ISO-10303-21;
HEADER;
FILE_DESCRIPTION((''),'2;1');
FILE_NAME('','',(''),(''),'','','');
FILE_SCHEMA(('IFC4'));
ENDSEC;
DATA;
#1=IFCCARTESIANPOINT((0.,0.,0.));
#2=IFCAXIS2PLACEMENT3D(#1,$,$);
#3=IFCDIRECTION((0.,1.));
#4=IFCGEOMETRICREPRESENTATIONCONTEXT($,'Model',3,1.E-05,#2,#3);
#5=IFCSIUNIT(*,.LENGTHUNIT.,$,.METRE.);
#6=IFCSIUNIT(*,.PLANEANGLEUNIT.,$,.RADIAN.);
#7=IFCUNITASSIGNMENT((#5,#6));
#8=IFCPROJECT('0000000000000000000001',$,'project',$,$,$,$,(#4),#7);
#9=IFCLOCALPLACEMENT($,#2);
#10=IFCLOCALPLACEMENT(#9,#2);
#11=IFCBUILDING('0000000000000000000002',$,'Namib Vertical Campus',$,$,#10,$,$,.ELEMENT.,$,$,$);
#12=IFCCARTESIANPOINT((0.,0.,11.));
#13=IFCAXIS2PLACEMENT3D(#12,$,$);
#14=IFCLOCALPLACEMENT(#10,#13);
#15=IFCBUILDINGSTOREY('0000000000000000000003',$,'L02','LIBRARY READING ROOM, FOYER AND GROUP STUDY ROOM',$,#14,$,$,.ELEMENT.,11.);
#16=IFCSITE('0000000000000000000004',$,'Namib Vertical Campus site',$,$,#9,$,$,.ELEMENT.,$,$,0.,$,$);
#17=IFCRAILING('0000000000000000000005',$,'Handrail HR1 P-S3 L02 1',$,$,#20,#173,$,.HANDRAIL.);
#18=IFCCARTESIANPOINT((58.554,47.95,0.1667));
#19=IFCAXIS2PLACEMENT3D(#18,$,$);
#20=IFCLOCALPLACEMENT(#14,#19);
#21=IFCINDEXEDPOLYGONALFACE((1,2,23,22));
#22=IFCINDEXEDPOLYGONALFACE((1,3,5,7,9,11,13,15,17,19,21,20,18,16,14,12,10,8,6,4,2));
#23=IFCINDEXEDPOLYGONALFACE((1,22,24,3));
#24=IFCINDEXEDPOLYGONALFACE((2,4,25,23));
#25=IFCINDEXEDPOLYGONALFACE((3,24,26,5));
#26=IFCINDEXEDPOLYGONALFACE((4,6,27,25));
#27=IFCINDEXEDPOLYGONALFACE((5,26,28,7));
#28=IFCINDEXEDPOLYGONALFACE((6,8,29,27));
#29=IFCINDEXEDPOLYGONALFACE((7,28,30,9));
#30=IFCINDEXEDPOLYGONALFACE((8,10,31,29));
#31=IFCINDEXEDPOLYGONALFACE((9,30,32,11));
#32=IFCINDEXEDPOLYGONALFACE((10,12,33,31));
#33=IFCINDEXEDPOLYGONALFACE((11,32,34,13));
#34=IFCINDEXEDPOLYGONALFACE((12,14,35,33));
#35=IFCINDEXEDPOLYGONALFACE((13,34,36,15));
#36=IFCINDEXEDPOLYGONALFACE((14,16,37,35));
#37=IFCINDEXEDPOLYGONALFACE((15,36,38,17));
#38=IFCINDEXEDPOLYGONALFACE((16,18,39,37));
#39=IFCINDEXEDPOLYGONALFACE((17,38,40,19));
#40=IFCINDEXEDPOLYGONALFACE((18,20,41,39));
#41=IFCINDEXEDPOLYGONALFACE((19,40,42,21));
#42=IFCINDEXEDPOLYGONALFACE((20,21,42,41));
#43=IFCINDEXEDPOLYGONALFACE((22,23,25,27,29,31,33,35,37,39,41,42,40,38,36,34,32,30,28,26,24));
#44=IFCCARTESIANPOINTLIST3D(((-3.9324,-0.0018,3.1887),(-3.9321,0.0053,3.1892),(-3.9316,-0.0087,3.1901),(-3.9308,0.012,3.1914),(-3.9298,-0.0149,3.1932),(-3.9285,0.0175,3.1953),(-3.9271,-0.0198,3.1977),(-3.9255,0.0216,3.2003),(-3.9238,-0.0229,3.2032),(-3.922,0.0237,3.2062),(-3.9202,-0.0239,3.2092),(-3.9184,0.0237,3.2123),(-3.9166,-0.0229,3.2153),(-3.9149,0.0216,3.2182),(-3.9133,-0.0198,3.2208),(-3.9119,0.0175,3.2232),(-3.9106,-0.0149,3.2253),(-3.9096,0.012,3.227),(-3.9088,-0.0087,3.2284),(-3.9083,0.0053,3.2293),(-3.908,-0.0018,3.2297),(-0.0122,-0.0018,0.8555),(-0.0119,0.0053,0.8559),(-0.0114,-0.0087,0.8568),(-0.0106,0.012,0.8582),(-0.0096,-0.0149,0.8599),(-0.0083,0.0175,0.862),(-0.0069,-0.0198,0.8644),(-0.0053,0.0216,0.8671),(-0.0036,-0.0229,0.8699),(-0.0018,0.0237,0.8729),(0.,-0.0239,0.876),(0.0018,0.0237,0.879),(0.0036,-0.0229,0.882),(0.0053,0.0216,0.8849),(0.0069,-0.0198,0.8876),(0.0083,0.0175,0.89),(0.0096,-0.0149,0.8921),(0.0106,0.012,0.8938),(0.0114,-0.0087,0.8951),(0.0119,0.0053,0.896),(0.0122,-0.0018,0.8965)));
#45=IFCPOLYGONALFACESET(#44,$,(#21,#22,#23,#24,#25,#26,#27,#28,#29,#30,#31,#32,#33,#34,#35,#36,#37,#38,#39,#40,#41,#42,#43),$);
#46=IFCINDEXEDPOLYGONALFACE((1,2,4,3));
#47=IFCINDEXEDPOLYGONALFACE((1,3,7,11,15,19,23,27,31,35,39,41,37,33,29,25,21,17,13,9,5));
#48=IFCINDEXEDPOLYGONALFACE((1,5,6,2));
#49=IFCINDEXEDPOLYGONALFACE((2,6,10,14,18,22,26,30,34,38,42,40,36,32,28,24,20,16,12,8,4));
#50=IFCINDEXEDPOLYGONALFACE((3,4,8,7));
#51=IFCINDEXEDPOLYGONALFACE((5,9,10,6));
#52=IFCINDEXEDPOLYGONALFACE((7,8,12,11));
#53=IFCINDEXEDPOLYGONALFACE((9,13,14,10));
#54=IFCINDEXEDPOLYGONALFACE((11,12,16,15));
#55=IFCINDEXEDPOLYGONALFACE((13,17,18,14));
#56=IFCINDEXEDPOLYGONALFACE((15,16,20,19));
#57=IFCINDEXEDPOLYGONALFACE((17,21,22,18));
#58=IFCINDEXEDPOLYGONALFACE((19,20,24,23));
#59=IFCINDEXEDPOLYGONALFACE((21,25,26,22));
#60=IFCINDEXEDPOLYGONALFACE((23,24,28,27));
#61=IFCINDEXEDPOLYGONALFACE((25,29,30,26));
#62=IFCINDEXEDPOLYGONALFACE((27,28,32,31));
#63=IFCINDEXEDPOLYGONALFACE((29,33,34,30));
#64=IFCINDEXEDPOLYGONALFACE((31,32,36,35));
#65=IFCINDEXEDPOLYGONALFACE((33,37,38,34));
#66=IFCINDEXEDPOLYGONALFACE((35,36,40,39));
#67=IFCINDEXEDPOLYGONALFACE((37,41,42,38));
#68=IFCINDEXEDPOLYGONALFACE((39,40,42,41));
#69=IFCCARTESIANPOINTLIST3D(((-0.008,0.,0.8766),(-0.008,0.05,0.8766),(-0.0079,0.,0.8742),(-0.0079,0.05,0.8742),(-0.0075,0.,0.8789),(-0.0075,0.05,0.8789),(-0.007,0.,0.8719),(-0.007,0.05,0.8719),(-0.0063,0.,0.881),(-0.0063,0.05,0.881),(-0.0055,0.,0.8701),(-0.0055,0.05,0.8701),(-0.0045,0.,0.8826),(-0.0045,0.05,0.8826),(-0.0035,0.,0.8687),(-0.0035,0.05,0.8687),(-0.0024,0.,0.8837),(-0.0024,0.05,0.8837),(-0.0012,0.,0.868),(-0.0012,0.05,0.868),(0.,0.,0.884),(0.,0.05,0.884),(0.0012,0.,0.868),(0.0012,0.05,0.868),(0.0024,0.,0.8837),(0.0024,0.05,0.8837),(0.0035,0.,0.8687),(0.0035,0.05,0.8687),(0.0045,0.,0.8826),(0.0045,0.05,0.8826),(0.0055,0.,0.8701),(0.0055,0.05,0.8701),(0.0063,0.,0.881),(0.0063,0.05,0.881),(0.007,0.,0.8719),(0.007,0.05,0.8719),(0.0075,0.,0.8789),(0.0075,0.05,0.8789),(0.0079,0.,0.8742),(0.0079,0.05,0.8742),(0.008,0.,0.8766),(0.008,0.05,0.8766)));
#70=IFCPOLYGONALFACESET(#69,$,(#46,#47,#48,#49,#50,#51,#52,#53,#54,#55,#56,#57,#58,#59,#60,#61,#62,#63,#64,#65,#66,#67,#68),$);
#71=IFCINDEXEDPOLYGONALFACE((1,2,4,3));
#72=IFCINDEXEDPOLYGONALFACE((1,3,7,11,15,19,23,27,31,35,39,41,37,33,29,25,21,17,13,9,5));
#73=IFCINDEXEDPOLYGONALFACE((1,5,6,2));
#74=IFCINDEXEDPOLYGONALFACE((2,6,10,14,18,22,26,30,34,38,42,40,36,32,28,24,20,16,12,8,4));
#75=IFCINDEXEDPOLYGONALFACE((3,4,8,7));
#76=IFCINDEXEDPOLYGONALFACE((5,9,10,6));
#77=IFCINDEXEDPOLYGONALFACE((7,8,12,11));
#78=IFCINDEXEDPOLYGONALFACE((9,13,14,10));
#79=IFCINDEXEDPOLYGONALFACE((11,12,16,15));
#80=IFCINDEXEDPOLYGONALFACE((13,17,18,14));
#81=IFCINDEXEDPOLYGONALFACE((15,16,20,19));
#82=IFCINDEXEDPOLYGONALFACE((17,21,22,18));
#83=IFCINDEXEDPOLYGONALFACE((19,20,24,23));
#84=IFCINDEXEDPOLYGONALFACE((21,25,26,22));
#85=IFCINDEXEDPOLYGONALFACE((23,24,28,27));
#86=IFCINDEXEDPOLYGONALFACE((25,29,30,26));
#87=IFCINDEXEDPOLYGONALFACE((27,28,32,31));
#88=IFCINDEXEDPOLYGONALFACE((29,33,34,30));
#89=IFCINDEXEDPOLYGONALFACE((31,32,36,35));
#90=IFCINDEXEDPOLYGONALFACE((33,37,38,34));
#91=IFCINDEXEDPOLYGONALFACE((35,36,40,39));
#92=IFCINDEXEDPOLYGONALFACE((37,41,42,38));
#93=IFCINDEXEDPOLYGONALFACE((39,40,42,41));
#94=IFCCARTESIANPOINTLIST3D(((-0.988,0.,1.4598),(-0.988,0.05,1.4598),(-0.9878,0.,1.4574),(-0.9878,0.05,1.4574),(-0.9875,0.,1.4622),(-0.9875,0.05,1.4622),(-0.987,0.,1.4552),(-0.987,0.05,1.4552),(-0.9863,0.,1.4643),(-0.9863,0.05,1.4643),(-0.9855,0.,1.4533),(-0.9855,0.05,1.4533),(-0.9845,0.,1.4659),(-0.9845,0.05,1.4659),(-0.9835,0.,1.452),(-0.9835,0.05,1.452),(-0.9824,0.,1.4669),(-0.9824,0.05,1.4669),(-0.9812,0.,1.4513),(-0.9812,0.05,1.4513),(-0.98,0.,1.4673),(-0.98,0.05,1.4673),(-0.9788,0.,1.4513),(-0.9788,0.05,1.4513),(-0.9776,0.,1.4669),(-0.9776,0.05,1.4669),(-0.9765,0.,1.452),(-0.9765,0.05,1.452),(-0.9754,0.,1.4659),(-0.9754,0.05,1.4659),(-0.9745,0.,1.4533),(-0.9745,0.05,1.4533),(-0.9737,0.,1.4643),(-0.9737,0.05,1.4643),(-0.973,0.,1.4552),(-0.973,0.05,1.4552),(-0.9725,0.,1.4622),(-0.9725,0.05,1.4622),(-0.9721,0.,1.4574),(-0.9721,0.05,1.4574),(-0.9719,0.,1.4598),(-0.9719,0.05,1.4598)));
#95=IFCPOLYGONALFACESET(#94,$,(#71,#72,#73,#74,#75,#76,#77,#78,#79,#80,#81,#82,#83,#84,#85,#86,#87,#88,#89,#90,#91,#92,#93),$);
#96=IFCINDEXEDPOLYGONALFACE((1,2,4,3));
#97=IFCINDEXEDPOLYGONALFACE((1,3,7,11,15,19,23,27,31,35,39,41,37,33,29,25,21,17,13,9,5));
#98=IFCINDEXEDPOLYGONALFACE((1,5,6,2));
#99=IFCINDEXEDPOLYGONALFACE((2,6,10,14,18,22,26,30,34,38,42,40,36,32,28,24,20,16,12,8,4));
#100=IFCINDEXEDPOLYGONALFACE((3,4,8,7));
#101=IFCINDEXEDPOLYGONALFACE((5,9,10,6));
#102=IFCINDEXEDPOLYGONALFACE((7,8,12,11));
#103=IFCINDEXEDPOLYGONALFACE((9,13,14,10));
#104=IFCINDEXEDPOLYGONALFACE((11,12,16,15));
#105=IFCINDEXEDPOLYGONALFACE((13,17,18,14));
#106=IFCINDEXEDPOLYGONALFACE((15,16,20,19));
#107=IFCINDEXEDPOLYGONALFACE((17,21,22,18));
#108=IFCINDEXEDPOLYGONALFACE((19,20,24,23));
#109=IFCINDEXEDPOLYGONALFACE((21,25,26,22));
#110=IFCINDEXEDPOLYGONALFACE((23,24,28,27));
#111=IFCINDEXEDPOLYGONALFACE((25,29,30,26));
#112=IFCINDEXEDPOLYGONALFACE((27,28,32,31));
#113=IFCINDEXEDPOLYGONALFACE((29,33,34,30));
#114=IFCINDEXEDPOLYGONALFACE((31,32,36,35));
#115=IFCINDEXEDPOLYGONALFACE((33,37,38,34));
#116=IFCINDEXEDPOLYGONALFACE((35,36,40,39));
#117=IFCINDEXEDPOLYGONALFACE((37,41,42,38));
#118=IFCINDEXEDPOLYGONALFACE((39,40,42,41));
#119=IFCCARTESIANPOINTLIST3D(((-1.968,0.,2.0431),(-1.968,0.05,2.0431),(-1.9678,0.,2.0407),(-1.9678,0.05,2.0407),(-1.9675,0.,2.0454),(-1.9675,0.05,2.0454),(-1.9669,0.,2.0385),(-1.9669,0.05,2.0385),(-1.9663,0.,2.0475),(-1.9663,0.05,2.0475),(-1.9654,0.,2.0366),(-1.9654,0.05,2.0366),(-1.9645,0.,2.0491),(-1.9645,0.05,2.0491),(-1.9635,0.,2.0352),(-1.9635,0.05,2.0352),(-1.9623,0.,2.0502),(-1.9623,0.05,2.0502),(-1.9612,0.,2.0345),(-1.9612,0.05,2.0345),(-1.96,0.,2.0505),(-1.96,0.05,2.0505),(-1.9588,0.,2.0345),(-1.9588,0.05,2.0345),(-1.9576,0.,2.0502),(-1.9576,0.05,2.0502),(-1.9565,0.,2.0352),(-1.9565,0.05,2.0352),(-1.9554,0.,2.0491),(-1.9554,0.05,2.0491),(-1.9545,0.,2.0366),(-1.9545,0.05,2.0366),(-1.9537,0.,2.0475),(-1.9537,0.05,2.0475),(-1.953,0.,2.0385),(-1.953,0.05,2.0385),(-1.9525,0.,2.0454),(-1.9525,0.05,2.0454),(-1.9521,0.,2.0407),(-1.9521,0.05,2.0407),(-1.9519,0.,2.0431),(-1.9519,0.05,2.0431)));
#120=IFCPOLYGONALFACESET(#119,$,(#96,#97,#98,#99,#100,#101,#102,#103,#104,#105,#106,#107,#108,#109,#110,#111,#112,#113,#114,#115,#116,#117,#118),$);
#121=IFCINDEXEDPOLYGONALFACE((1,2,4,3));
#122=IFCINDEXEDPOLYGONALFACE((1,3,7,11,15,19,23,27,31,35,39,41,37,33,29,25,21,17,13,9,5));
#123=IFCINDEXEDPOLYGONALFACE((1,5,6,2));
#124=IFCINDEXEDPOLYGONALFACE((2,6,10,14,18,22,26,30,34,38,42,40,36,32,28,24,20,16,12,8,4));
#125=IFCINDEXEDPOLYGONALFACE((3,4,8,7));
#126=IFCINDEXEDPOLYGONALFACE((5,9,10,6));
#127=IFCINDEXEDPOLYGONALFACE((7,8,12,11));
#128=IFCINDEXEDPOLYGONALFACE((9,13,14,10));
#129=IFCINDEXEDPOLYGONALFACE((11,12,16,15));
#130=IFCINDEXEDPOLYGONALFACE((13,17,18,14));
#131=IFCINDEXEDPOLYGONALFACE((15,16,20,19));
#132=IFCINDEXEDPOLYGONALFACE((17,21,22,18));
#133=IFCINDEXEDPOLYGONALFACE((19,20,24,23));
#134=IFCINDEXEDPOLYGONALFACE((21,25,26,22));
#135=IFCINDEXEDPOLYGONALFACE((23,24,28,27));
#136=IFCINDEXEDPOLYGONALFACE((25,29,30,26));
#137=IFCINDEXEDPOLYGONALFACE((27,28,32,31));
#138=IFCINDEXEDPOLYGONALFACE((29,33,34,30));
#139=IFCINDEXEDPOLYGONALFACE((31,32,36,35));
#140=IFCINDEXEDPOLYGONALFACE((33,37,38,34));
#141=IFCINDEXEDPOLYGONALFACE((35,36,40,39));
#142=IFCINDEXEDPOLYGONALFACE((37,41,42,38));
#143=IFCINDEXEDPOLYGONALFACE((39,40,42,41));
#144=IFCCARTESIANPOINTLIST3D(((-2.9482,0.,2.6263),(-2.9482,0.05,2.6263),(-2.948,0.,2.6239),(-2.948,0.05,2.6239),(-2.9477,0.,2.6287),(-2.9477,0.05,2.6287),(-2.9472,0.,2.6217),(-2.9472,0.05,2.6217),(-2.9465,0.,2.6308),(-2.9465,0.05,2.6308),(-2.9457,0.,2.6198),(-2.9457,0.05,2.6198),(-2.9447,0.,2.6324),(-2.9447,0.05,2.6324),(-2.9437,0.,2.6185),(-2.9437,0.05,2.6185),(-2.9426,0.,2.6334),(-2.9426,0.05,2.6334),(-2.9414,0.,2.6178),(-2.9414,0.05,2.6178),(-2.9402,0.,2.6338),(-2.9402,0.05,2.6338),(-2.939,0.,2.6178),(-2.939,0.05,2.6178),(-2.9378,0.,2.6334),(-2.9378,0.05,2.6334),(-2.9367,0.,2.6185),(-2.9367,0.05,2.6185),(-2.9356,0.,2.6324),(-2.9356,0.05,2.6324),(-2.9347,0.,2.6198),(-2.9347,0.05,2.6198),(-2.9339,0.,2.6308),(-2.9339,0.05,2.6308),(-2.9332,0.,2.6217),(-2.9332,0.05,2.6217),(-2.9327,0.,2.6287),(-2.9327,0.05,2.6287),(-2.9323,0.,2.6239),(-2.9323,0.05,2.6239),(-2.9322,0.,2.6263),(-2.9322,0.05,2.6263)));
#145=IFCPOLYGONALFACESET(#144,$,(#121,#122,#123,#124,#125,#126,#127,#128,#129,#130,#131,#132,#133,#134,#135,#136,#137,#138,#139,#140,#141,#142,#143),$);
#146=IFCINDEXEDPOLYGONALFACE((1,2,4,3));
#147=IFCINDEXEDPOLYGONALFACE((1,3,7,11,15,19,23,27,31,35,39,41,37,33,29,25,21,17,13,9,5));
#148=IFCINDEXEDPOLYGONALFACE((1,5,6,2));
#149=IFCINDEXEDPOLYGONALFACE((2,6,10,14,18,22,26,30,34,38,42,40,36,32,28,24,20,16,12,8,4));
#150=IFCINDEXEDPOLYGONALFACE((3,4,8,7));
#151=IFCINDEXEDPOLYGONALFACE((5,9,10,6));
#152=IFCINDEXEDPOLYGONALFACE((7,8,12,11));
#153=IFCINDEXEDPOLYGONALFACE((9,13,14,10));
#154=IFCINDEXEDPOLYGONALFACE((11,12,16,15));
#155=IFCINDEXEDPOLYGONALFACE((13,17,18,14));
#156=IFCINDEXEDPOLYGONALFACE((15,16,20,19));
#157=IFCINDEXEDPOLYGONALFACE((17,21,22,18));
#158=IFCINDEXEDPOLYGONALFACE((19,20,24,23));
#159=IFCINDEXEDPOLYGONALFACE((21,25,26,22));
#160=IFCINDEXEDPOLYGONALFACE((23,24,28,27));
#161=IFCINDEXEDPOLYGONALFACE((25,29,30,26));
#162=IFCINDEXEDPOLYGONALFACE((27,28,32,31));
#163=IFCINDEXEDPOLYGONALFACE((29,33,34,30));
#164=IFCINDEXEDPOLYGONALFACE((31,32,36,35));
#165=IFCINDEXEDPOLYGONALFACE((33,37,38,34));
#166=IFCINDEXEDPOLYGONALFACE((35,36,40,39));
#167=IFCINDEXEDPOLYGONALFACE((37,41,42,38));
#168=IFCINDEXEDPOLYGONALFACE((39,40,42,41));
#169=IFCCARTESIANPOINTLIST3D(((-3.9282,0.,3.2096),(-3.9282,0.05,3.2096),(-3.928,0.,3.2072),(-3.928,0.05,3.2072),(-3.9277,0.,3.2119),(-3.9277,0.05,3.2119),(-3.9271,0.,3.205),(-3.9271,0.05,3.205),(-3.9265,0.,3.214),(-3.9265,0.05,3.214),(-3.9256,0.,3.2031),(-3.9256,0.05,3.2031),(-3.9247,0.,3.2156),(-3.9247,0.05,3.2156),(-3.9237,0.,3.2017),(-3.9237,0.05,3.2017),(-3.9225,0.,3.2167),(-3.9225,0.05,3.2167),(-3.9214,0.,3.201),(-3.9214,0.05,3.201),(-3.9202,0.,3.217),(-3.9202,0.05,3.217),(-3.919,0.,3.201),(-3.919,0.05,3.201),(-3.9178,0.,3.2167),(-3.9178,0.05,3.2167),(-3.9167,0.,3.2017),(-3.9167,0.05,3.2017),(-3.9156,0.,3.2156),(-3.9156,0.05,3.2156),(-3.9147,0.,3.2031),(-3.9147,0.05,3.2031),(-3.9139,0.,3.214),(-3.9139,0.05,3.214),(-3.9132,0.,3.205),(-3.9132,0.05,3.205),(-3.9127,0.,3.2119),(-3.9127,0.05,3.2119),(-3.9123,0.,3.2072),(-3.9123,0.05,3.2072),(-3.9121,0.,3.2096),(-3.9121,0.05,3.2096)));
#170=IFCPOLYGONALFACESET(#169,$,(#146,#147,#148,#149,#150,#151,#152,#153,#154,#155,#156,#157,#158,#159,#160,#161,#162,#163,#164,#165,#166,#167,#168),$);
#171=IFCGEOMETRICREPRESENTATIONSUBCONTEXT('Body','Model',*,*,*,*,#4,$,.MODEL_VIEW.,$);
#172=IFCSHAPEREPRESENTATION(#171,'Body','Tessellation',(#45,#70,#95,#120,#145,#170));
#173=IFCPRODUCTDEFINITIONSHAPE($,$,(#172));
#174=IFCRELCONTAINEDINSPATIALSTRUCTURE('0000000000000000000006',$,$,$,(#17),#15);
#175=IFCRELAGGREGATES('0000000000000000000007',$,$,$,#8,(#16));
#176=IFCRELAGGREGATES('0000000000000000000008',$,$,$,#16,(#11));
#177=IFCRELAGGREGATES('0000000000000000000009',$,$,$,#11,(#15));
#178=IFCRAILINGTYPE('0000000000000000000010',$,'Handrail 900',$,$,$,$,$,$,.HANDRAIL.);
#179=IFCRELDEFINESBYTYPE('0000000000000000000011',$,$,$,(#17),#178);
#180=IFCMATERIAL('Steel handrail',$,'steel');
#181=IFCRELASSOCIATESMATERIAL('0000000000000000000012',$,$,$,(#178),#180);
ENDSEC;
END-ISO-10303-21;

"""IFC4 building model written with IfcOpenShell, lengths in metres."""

from ifc_helpers import new_model, si_unit, direction, frame, origin, origin_2d, place, context, subcontext, project, spatial, circle, extrude, material, type_object, element, save


model = new_model("IFC4")

# Units and contexts
model_context = context("Model", 3, precision=1e-05, world=origin(), true_north=direction((0.0, 1.0)))
body_context = subcontext(model_context, "Body", "Model", "MODEL_VIEW")
ifc_project = project(units=[si_unit("LENGTHUNIT", "METRE"), si_unit("PLANEANGLEUNIT", "RADIAN")], contexts=[model_context])

# Site, building, storey
site_placement = place(None, origin())
site = spatial("IfcSite", under=ifc_project, at=site_placement, Name="Namib Vertical Campus site", CompositionType="ELEMENT", RefElevation=0.0)
building_placement = place(site_placement, origin())
building = spatial("IfcBuilding", under=site, at=building_placement, Name="Namib Vertical Campus", CompositionType="ELEMENT")
storey_placement = place(building_placement, frame((0.0, 0.0, 11.0)))
storey = spatial("IfcBuildingStorey", under=building, at=storey_placement, Name="L02", Description="LIBRARY READING ROOM, FOYER AND GROUP STUDY ROOM", CompositionType="ELEMENT", Elevation=11.0)

# Railing
ifc_material_1 = material(Name="Steel handrail", Category="steel")
railing_type_1 = type_object("IfcRailingType", Name="Handrail 900", PredefinedType="HANDRAIL", material=ifc_material_1)
railing_1_placement = place(storey_placement, frame((58.554, 47.95, 0.1667)))
element("IfcRailing", 1, at=railing_1_placement, inside=storey, type_object=railing_type_1, Name="Handrail HR1 P-S3 L02 1", PredefinedType="HANDRAIL", context=body_context, shape_type="SweptSolid", body=[
    extrude(circle(Radius=0.0239, at=origin_2d()), frame((0.0, 0.0, 0.876), z_axis=(-0.85931, 0.0, 0.511455), x_axis=(0.0, -1.0, 0.0)), (0.0, 0.0, 1.0), 4.562),
    extrude(circle(Radius=0.0081, at=origin_2d()), frame((0.0, 0.0, 0.876), z_axis=(0.0, 1.0, 0.0), x_axis=(0.0, 0.0, 1.0)), (0.0, 0.0, 1.0), 0.05),
    extrude(circle(Radius=0.0081, at=origin_2d()), frame((-0.98, 0.0, 1.4592), z_axis=(0.0, 1.0, 0.0), x_axis=(0.0, 0.0, 1.0)), (0.0, 0.0, 1.0), 0.05),
    extrude(circle(Radius=0.0081, at=origin_2d()), frame((-1.96, 0.0, 2.0425), z_axis=(0.0, 1.0, 0.0), x_axis=(0.0, 0.0, 1.0)), (0.0, 0.0, 1.0), 0.05),
    extrude(circle(Radius=0.0081, at=origin_2d()), frame((-2.9402, 0.0, 2.6257), z_axis=(0.0, 1.0, 0.0), x_axis=(0.0, 0.0, 1.0)), (0.0, 0.0, 1.0), 0.05),
    extrude(circle(Radius=0.0081, at=origin_2d()), frame((-3.9202, 0.0, 3.209), z_axis=(0.0, 1.0, 0.0), x_axis=(0.0, 0.0, 1.0)), (0.0, 0.0, 1.0), 0.05),
])

save(model, "model.ifc")
